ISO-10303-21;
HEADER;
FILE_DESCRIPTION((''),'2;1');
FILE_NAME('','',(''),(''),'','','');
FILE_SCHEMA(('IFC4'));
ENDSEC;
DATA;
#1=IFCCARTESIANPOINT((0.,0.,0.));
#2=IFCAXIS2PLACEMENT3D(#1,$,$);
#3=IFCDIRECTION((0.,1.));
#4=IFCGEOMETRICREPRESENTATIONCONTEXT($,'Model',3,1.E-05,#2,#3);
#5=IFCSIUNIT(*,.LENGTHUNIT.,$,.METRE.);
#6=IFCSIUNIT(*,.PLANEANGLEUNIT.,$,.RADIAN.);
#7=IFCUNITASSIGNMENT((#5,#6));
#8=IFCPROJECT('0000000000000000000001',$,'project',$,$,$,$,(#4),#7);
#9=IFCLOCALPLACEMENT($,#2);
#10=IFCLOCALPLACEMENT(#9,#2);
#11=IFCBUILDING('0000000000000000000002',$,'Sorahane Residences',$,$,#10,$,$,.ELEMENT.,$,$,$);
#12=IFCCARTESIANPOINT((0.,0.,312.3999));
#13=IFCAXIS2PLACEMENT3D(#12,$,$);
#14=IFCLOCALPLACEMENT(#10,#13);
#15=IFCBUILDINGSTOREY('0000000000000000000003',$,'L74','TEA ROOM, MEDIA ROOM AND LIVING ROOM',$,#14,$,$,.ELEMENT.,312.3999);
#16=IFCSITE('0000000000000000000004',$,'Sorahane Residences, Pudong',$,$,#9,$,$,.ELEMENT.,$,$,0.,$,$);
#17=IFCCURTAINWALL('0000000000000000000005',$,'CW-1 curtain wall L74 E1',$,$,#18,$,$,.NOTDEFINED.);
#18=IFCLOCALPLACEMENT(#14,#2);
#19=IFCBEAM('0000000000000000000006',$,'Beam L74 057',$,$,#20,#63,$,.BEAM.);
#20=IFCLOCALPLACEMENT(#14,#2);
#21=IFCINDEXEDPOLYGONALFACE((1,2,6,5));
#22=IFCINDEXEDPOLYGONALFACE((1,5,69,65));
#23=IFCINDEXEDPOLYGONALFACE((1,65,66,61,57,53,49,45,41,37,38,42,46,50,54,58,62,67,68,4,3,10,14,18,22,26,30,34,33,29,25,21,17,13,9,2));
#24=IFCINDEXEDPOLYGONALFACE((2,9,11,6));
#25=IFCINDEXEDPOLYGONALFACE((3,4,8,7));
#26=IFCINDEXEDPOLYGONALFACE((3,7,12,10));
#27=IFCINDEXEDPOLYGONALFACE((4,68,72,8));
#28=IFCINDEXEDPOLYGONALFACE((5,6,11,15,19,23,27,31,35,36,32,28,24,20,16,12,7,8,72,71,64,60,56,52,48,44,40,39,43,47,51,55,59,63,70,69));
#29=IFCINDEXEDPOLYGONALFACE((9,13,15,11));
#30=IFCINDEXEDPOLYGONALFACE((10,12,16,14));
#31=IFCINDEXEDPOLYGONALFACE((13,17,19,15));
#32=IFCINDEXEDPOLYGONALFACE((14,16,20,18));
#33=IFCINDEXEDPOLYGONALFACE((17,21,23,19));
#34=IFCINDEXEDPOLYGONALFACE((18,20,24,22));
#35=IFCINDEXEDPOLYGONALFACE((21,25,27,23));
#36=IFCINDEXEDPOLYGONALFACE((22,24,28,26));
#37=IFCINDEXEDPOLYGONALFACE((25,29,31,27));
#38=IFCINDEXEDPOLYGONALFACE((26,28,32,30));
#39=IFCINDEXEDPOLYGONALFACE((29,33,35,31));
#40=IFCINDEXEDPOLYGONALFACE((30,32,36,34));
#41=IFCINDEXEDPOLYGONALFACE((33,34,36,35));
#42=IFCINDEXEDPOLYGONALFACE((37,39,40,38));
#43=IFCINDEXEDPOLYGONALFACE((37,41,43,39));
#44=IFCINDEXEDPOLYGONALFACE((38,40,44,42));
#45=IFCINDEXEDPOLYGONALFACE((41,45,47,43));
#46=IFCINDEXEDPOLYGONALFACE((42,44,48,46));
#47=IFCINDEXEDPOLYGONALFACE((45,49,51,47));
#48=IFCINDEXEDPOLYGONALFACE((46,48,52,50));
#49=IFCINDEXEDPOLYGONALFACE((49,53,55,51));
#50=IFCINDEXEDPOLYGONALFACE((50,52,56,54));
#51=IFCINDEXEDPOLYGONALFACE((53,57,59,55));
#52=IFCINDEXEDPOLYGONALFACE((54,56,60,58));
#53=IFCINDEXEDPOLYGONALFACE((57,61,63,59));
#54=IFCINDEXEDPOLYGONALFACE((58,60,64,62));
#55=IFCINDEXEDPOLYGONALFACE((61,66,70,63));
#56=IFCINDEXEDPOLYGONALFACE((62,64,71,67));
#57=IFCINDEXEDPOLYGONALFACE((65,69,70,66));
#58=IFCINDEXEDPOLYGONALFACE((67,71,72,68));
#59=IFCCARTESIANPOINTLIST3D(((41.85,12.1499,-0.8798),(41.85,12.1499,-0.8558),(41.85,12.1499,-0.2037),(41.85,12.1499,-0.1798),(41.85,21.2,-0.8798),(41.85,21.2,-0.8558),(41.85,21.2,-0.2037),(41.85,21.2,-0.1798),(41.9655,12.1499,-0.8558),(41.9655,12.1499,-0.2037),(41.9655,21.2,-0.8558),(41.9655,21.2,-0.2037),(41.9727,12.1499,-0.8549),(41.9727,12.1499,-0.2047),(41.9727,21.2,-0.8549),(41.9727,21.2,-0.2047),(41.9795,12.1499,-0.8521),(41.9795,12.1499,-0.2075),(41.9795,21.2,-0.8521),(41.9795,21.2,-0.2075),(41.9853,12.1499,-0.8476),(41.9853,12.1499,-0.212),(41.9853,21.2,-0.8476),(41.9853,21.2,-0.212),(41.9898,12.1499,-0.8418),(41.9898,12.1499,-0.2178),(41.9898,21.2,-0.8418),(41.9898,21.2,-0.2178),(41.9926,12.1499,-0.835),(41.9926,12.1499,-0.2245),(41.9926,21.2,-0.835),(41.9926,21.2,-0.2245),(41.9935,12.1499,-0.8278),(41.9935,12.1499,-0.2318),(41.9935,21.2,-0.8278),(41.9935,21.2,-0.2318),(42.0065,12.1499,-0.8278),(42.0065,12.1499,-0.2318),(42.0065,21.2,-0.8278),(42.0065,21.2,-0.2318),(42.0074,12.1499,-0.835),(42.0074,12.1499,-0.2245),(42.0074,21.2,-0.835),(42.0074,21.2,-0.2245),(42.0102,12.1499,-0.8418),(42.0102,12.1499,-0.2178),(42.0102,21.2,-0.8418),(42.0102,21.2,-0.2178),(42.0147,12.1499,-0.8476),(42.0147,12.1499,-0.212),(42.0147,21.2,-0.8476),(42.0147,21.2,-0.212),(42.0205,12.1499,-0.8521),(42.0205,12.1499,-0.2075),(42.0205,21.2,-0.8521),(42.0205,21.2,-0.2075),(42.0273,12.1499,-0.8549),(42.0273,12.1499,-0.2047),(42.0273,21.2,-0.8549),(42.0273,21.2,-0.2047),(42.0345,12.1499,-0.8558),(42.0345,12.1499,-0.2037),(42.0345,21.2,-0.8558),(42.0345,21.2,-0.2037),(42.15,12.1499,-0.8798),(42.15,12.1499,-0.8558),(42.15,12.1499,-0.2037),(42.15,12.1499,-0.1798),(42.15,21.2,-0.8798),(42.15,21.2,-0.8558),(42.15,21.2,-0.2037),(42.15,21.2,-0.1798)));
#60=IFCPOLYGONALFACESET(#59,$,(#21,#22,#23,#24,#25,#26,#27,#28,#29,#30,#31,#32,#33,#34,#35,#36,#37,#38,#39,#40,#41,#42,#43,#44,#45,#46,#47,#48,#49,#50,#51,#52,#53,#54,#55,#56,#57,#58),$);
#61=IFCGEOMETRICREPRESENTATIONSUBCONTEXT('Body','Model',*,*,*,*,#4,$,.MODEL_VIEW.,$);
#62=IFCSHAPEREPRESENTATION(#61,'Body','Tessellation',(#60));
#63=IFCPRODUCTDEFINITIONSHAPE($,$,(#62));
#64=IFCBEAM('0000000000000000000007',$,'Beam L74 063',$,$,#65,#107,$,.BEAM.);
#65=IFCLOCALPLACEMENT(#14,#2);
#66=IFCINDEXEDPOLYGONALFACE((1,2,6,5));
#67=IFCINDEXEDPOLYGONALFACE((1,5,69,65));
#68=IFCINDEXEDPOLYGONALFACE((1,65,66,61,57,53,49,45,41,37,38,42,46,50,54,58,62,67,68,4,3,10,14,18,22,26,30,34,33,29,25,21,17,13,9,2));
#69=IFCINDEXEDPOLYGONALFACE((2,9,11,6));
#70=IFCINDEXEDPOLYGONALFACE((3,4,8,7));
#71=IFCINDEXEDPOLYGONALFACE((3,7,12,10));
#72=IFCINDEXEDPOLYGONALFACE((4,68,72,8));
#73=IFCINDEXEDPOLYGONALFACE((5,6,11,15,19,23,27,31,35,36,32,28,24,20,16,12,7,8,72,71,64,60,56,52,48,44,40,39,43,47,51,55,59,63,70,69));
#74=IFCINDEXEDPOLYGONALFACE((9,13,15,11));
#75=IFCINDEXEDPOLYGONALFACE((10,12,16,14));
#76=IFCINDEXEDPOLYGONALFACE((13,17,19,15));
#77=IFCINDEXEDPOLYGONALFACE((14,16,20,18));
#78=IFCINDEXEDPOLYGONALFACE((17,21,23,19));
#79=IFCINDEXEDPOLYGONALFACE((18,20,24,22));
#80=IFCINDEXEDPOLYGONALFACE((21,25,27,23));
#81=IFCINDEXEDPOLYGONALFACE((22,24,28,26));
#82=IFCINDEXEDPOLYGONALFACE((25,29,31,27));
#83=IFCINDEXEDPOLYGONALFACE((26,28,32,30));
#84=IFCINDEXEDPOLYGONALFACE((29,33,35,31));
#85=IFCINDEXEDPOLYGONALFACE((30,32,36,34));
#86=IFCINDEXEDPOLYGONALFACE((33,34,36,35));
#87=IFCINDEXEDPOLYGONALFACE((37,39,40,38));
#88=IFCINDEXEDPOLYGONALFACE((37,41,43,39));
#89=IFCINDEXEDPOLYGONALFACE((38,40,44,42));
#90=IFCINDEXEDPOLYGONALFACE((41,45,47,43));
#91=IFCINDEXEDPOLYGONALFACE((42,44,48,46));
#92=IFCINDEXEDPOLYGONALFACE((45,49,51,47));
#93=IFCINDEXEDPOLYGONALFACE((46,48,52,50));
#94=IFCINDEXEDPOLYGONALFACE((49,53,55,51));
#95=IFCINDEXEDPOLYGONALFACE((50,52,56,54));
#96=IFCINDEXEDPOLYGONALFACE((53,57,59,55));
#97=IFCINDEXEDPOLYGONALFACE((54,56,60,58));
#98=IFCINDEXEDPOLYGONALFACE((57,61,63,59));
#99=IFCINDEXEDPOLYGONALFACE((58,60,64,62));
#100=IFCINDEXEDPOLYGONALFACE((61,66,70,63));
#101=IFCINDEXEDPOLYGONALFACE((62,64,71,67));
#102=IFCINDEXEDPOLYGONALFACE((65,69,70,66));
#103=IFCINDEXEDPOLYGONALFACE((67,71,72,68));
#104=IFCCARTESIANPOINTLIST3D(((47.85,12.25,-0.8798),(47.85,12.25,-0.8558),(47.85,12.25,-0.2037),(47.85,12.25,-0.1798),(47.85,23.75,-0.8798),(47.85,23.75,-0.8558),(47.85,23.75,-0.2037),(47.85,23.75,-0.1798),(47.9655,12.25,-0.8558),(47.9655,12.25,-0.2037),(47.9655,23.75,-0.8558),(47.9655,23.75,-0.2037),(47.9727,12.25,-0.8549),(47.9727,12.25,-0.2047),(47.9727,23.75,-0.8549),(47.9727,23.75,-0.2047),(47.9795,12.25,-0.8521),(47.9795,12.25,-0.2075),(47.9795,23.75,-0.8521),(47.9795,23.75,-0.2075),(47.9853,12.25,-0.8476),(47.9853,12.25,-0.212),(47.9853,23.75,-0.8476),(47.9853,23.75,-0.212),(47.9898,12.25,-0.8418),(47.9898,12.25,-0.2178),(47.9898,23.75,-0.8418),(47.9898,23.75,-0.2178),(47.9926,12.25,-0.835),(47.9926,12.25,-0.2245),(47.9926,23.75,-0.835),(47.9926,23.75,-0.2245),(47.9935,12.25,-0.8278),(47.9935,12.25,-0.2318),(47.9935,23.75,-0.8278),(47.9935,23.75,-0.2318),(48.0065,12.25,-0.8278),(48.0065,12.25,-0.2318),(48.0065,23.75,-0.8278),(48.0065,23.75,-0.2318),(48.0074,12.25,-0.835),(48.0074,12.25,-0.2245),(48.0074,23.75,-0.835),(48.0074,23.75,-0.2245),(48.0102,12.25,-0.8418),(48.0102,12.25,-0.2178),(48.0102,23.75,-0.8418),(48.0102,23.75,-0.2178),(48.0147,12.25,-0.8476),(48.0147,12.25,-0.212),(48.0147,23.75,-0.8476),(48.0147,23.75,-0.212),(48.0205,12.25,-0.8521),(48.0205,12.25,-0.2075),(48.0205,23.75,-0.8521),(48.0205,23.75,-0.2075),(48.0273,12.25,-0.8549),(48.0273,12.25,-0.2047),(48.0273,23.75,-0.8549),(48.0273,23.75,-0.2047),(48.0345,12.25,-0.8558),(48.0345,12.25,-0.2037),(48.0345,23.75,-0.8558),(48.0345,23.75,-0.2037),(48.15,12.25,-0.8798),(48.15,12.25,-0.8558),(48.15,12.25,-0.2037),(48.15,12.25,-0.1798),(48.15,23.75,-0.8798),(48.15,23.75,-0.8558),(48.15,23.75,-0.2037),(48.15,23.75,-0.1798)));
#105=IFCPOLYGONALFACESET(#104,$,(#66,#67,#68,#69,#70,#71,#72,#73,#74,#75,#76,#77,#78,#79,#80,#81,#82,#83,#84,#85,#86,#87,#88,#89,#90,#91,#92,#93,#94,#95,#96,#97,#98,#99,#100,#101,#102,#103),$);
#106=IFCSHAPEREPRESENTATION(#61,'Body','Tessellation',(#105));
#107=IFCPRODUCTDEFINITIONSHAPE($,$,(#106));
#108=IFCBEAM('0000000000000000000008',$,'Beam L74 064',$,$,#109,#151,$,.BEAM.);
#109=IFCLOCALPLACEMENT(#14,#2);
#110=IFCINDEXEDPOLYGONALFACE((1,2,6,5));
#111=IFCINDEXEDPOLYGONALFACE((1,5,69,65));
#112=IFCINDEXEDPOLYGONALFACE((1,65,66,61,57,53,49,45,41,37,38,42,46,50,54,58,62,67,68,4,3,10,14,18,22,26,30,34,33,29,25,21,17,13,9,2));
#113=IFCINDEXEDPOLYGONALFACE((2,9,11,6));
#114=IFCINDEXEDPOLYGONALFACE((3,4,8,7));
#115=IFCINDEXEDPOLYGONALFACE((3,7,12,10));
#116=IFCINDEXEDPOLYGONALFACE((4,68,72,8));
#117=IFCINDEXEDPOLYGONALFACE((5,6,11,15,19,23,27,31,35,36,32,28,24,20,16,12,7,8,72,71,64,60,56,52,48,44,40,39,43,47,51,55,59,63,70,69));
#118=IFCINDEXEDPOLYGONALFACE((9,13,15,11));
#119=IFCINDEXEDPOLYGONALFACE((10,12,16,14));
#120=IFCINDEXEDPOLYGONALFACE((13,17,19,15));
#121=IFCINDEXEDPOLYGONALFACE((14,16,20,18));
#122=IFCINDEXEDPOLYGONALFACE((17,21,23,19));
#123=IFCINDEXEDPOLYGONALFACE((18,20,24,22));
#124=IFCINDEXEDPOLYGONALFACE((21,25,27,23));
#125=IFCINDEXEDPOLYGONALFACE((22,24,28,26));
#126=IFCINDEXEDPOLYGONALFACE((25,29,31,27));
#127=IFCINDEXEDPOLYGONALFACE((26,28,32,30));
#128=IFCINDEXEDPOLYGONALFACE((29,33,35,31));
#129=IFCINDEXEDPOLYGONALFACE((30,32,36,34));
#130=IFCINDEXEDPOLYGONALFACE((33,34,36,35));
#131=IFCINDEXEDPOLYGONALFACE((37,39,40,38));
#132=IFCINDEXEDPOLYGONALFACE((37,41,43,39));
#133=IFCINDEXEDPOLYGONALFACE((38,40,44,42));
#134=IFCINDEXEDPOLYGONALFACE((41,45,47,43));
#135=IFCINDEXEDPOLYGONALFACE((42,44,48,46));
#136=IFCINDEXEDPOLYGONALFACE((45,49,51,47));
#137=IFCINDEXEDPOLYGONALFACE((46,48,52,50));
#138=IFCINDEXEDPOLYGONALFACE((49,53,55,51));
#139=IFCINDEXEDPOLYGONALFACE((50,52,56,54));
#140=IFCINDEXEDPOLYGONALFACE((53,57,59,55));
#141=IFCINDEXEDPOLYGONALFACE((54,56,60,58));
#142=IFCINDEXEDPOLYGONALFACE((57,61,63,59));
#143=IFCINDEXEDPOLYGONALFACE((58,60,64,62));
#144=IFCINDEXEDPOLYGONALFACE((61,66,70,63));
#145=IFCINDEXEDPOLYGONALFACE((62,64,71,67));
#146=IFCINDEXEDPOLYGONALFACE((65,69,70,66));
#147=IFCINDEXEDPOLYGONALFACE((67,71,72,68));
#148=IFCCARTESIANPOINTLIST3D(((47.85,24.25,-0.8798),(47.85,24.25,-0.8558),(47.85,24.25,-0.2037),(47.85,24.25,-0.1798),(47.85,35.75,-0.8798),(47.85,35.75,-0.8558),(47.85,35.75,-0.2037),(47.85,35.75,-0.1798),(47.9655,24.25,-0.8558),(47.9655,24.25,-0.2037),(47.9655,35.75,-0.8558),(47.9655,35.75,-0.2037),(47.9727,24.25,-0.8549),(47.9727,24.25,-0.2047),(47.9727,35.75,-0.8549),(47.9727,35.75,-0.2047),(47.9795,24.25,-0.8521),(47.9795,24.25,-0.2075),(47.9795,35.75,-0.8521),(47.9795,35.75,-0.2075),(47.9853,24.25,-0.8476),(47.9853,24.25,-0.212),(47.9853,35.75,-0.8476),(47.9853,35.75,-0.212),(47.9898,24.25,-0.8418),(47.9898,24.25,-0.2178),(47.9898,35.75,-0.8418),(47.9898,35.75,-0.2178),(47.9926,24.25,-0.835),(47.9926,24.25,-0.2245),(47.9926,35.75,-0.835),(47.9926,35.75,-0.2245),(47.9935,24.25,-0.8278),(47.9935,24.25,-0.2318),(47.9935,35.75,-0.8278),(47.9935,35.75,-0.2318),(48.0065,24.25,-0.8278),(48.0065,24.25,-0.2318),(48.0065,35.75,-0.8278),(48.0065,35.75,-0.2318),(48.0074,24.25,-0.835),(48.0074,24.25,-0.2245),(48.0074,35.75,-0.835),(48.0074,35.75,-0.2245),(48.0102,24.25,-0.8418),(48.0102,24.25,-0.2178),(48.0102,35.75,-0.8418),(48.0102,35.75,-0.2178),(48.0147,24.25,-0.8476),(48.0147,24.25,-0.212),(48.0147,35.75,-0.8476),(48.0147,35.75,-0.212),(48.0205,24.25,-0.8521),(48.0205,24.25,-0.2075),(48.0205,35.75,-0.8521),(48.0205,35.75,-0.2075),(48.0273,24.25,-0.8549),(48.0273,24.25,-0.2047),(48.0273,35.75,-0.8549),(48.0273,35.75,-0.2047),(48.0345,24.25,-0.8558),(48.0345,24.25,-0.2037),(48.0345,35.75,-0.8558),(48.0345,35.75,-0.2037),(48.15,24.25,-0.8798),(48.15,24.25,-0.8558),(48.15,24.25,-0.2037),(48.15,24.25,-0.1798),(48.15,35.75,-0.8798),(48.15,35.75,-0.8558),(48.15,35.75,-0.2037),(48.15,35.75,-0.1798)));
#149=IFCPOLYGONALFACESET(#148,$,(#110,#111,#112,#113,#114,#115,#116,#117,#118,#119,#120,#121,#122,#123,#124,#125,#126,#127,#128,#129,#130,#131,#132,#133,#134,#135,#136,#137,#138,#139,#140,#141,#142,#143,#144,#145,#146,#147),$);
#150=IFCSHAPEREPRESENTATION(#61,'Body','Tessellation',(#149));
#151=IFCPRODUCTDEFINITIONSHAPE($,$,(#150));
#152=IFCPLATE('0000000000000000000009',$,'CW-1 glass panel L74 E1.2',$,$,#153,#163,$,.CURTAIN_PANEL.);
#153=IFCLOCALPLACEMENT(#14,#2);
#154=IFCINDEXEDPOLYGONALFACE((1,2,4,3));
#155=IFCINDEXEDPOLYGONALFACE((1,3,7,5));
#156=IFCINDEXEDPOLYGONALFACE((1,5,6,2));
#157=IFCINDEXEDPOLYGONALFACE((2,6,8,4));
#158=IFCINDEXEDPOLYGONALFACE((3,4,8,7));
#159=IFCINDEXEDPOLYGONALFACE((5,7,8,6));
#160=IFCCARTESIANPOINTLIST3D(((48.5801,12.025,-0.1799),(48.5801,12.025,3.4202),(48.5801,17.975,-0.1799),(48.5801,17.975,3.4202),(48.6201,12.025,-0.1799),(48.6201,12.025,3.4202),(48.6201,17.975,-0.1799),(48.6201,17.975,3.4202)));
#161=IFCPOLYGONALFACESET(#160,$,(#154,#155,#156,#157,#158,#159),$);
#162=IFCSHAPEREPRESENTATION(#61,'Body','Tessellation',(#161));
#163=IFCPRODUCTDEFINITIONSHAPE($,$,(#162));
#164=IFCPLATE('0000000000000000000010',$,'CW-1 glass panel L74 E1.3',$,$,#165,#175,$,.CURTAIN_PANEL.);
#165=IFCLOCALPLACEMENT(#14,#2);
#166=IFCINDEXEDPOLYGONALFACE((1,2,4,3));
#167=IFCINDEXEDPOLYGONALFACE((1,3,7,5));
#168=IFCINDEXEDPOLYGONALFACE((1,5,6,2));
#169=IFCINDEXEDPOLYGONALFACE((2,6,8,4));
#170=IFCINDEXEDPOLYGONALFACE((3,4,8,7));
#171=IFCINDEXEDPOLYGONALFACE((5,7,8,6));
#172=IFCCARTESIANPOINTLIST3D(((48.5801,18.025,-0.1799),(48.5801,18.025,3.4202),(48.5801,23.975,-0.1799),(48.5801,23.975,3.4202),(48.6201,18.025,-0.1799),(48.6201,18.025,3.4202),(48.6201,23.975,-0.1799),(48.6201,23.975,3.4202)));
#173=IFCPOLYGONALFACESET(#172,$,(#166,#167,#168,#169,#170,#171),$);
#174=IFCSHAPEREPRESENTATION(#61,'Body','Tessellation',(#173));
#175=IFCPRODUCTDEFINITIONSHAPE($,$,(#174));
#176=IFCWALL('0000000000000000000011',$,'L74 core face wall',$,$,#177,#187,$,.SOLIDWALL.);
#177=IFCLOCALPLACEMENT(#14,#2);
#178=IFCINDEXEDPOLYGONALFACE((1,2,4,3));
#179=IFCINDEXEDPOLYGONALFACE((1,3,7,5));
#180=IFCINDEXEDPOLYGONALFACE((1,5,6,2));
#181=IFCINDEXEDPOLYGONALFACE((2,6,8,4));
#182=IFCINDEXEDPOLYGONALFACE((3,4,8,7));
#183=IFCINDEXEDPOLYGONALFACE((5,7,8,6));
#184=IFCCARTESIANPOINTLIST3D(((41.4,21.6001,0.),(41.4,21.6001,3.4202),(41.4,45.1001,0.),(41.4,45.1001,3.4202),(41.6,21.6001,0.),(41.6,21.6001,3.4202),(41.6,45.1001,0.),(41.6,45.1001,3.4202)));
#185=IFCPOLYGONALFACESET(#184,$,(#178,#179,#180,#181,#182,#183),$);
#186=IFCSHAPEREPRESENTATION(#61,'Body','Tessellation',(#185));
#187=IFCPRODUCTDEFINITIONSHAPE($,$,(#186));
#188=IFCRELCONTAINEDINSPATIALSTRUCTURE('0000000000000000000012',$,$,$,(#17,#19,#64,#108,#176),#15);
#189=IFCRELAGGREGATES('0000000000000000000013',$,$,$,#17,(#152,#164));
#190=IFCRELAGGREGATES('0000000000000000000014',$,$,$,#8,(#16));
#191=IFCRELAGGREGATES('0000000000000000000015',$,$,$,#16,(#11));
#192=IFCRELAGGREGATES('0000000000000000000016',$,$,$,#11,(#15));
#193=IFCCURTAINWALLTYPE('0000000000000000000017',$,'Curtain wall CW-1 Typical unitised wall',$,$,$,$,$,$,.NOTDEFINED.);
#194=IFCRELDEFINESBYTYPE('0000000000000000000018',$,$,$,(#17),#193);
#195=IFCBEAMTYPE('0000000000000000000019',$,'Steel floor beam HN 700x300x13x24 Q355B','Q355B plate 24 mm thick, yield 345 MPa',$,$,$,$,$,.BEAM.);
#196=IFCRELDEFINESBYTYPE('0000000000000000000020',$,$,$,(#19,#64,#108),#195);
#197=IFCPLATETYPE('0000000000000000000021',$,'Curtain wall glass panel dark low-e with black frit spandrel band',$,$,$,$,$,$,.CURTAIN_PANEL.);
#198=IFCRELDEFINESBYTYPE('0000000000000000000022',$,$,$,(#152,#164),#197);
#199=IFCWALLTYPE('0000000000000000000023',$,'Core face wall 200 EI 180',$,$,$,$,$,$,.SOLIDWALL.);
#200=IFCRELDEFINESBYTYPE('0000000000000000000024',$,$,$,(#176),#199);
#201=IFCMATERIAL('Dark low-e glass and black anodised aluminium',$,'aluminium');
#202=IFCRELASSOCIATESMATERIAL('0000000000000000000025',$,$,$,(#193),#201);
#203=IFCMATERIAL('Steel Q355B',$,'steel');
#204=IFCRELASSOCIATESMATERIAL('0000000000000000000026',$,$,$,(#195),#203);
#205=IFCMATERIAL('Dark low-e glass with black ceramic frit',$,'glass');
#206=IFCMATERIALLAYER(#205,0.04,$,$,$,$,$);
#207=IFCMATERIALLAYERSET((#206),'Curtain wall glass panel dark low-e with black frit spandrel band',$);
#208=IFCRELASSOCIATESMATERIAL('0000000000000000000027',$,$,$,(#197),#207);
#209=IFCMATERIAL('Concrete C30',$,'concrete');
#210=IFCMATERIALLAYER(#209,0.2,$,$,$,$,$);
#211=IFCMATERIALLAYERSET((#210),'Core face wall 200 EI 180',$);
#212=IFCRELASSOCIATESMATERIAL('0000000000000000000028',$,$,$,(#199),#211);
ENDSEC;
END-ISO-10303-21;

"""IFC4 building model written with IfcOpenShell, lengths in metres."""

from ifc_helpers import new_model, si_unit, direction, frame, frame_2d, origin, origin_2d, place, context, subcontext, project, spatial, rectangle, i_section, extrude, material, layer, layer_set, material_profile, profile_set, type_object, element, aggregate, save


model = new_model("IFC4")

# Units and contexts
model_context = context("Model", 3, precision=1e-05, world=origin(), true_north=direction((0.0, 1.0)))
body_context = subcontext(model_context, "Body", "Model", "MODEL_VIEW")
ifc_project = project(units=[si_unit("LENGTHUNIT", "METRE"), si_unit("PLANEANGLEUNIT", "RADIAN")], contexts=[model_context])

# Site, building, storey
site_placement = place(None, origin())
site = spatial("IfcSite", under=ifc_project, at=site_placement, Name="Sorahane Residences, Pudong", CompositionType="ELEMENT", RefElevation=0.0)
building_placement = place(site_placement, origin())
building = spatial("IfcBuilding", under=site, at=building_placement, Name="Sorahane Residences", CompositionType="ELEMENT")
storey_placement = place(building_placement, frame((0.0, 0.0, 312.3999)))
storey = spatial("IfcBuildingStorey", under=building, at=storey_placement, Name="L74", Description="TEA ROOM, MEDIA ROOM AND LIVING ROOM", CompositionType="ELEMENT", Elevation=312.3999)

# Curtain wall
ifc_material_1 = material(Name="Dark low-e glass and black anodised aluminium", Category="aluminium")
curtain_wall_type = type_object("IfcCurtainWallType", Name="Curtain wall CW-1 Typical unitised wall", PredefinedType="NOTDEFINED", material=ifc_material_1)
curtain_wall_placement = place(storey_placement, origin())
curtain_wall = element("IfcCurtainWall", 1, at=curtain_wall_placement, inside=storey, type_object=curtain_wall_type, Name="CW-1 curtain wall L74 E1", PredefinedType="NOTDEFINED")

# Beams
ifc_material_2 = material(Name="Steel Q355B", Category="steel")
ifc_material_profile_1 = material_profile(ifc_material_2, i_section(OverallWidth=0.3, OverallDepth=0.7, WebThickness=0.0129, FlangeThickness=0.0239, FilletRadius=0.0281, at=origin_2d()), Name="HN 700x300x13x24")
ifc_profile_set_1 = profile_set([ifc_material_profile_1], Name="Steel Q355B")
beam_type_1 = type_object("IfcBeamType", Name="Steel floor beam HN 700x300x13x24 Q355B", Description="Q355B plate 24 mm thick, yield 345 MPa", PredefinedType="BEAM", material=ifc_profile_set_1)
beam_1_placement = place(storey_placement, frame((42.0, 12.1499, -0.5298), z_axis=(0.0, 1.0, 0.0), x_axis=(-1.0, 0.0, 0.0)))
element("IfcBeam", 2, at=beam_1_placement, inside=storey, type_object=beam_type_1, Name="Beam L74 057", PredefinedType="BEAM", context=body_context, shape_type="SweptSolid", body=[
    extrude(i_section(OverallWidth=0.3, OverallDepth=0.7, WebThickness=0.0129, FlangeThickness=0.0239, FilletRadius=0.0281, at=origin_2d()), origin(), (0.0, 0.0, 1.0), 9.05),
])
for number, where, z_axis, x_axis, name in (
    (3, (48.0, 12.25, -0.5298), (0.0, 1.0, 0.0), (-1.0, 0.0, 0.0), "Beam L74 063"),
    (4, (48.0, 24.25, -0.5298), (0.0, 1.0, 0.0), (-1.0, 0.0, 0.0), "Beam L74 064"),
):
    element("IfcBeam", number, at=place(storey_placement, frame(where, z_axis=z_axis, x_axis=x_axis)), inside=storey, type_object=beam_type_1, Name=name, PredefinedType="BEAM", context=body_context, shape_type="SweptSolid", body=[
        extrude(i_section(OverallWidth=0.3, OverallDepth=0.7, WebThickness=0.0129, FlangeThickness=0.0239, FilletRadius=0.0281, at=origin_2d()), origin(), (0.0, 0.0, 1.0), 11.5),
    ])

# Plates
ifc_material_3 = material(Name="Dark low-e glass with black ceramic frit", Category="glass")
ifc_layer_1 = layer(ifc_material_3, 0.04)
ifc_layer_set_1 = layer_set([ifc_layer_1], Name="Curtain wall glass panel dark low-e with black frit spandrel band")
plate_type = type_object("IfcPlateType", Name="Curtain wall glass panel dark low-e with black frit spandrel band", PredefinedType="CURTAIN_PANEL", material=ifc_layer_set_1)
plate_1_placement = place(storey_placement, frame((48.6001, 15.0, -0.1799), z_axis=(0.0, 0.0, 1.0), x_axis=(0.0, 1.0, 0.0)))
plate_1 = element("IfcPlate", 5, at=plate_1_placement, type_object=plate_type, Name="CW-1 glass panel L74 E1.2", PredefinedType="CURTAIN_PANEL", context=body_context, shape_type="SweptSolid", body=[
    extrude(rectangle(XDim=5.95, YDim=0.04, at=origin_2d()), origin(), (0.0, 0.0, 1.0), 3.6001),
])
plate_2_placement = place(storey_placement, frame((48.6001, 21.0, -0.1799), z_axis=(0.0, 0.0, 1.0), x_axis=(0.0, 1.0, 0.0)))
plate_2 = element("IfcPlate", 6, at=plate_2_placement, type_object=plate_type, Name="CW-1 glass panel L74 E1.3", PredefinedType="CURTAIN_PANEL", context=body_context, shape_type="SweptSolid", body=[
    extrude(rectangle(XDim=5.95, YDim=0.04, at=origin_2d()), origin(), (0.0, 0.0, 1.0), 3.6001),
])
aggregate(curtain_wall, [plate_1, plate_2])

# Wall
ifc_material_4 = material(Name="Concrete C30", Category="concrete")
ifc_layer_2 = layer(ifc_material_4, 0.2)
ifc_layer_set_2 = layer_set([ifc_layer_2], Name="Core face wall 200 EI 180")
wall_type_1 = type_object("IfcWallType", Name="Core face wall 200 EI 180", PredefinedType="SOLIDWALL", material=ifc_layer_set_2)
wall_1_placement = place(storey_placement, frame((41.5, 21.6001, 0.0), z_axis=(0.0, 0.0, 1.0), x_axis=(0.0, 1.0, 0.0)))
element("IfcWall", 7, at=wall_1_placement, inside=storey, type_object=wall_type_1, Name="L74 core face wall", PredefinedType="SOLIDWALL", context=body_context, shape_type="SweptSolid", body=[
    extrude(rectangle(XDim=23.5, YDim=0.2, at=frame_2d((11.75, 0.0))), origin(), (0.0, 0.0, 1.0), 3.4202),
])

save(model, "model.ifc")
